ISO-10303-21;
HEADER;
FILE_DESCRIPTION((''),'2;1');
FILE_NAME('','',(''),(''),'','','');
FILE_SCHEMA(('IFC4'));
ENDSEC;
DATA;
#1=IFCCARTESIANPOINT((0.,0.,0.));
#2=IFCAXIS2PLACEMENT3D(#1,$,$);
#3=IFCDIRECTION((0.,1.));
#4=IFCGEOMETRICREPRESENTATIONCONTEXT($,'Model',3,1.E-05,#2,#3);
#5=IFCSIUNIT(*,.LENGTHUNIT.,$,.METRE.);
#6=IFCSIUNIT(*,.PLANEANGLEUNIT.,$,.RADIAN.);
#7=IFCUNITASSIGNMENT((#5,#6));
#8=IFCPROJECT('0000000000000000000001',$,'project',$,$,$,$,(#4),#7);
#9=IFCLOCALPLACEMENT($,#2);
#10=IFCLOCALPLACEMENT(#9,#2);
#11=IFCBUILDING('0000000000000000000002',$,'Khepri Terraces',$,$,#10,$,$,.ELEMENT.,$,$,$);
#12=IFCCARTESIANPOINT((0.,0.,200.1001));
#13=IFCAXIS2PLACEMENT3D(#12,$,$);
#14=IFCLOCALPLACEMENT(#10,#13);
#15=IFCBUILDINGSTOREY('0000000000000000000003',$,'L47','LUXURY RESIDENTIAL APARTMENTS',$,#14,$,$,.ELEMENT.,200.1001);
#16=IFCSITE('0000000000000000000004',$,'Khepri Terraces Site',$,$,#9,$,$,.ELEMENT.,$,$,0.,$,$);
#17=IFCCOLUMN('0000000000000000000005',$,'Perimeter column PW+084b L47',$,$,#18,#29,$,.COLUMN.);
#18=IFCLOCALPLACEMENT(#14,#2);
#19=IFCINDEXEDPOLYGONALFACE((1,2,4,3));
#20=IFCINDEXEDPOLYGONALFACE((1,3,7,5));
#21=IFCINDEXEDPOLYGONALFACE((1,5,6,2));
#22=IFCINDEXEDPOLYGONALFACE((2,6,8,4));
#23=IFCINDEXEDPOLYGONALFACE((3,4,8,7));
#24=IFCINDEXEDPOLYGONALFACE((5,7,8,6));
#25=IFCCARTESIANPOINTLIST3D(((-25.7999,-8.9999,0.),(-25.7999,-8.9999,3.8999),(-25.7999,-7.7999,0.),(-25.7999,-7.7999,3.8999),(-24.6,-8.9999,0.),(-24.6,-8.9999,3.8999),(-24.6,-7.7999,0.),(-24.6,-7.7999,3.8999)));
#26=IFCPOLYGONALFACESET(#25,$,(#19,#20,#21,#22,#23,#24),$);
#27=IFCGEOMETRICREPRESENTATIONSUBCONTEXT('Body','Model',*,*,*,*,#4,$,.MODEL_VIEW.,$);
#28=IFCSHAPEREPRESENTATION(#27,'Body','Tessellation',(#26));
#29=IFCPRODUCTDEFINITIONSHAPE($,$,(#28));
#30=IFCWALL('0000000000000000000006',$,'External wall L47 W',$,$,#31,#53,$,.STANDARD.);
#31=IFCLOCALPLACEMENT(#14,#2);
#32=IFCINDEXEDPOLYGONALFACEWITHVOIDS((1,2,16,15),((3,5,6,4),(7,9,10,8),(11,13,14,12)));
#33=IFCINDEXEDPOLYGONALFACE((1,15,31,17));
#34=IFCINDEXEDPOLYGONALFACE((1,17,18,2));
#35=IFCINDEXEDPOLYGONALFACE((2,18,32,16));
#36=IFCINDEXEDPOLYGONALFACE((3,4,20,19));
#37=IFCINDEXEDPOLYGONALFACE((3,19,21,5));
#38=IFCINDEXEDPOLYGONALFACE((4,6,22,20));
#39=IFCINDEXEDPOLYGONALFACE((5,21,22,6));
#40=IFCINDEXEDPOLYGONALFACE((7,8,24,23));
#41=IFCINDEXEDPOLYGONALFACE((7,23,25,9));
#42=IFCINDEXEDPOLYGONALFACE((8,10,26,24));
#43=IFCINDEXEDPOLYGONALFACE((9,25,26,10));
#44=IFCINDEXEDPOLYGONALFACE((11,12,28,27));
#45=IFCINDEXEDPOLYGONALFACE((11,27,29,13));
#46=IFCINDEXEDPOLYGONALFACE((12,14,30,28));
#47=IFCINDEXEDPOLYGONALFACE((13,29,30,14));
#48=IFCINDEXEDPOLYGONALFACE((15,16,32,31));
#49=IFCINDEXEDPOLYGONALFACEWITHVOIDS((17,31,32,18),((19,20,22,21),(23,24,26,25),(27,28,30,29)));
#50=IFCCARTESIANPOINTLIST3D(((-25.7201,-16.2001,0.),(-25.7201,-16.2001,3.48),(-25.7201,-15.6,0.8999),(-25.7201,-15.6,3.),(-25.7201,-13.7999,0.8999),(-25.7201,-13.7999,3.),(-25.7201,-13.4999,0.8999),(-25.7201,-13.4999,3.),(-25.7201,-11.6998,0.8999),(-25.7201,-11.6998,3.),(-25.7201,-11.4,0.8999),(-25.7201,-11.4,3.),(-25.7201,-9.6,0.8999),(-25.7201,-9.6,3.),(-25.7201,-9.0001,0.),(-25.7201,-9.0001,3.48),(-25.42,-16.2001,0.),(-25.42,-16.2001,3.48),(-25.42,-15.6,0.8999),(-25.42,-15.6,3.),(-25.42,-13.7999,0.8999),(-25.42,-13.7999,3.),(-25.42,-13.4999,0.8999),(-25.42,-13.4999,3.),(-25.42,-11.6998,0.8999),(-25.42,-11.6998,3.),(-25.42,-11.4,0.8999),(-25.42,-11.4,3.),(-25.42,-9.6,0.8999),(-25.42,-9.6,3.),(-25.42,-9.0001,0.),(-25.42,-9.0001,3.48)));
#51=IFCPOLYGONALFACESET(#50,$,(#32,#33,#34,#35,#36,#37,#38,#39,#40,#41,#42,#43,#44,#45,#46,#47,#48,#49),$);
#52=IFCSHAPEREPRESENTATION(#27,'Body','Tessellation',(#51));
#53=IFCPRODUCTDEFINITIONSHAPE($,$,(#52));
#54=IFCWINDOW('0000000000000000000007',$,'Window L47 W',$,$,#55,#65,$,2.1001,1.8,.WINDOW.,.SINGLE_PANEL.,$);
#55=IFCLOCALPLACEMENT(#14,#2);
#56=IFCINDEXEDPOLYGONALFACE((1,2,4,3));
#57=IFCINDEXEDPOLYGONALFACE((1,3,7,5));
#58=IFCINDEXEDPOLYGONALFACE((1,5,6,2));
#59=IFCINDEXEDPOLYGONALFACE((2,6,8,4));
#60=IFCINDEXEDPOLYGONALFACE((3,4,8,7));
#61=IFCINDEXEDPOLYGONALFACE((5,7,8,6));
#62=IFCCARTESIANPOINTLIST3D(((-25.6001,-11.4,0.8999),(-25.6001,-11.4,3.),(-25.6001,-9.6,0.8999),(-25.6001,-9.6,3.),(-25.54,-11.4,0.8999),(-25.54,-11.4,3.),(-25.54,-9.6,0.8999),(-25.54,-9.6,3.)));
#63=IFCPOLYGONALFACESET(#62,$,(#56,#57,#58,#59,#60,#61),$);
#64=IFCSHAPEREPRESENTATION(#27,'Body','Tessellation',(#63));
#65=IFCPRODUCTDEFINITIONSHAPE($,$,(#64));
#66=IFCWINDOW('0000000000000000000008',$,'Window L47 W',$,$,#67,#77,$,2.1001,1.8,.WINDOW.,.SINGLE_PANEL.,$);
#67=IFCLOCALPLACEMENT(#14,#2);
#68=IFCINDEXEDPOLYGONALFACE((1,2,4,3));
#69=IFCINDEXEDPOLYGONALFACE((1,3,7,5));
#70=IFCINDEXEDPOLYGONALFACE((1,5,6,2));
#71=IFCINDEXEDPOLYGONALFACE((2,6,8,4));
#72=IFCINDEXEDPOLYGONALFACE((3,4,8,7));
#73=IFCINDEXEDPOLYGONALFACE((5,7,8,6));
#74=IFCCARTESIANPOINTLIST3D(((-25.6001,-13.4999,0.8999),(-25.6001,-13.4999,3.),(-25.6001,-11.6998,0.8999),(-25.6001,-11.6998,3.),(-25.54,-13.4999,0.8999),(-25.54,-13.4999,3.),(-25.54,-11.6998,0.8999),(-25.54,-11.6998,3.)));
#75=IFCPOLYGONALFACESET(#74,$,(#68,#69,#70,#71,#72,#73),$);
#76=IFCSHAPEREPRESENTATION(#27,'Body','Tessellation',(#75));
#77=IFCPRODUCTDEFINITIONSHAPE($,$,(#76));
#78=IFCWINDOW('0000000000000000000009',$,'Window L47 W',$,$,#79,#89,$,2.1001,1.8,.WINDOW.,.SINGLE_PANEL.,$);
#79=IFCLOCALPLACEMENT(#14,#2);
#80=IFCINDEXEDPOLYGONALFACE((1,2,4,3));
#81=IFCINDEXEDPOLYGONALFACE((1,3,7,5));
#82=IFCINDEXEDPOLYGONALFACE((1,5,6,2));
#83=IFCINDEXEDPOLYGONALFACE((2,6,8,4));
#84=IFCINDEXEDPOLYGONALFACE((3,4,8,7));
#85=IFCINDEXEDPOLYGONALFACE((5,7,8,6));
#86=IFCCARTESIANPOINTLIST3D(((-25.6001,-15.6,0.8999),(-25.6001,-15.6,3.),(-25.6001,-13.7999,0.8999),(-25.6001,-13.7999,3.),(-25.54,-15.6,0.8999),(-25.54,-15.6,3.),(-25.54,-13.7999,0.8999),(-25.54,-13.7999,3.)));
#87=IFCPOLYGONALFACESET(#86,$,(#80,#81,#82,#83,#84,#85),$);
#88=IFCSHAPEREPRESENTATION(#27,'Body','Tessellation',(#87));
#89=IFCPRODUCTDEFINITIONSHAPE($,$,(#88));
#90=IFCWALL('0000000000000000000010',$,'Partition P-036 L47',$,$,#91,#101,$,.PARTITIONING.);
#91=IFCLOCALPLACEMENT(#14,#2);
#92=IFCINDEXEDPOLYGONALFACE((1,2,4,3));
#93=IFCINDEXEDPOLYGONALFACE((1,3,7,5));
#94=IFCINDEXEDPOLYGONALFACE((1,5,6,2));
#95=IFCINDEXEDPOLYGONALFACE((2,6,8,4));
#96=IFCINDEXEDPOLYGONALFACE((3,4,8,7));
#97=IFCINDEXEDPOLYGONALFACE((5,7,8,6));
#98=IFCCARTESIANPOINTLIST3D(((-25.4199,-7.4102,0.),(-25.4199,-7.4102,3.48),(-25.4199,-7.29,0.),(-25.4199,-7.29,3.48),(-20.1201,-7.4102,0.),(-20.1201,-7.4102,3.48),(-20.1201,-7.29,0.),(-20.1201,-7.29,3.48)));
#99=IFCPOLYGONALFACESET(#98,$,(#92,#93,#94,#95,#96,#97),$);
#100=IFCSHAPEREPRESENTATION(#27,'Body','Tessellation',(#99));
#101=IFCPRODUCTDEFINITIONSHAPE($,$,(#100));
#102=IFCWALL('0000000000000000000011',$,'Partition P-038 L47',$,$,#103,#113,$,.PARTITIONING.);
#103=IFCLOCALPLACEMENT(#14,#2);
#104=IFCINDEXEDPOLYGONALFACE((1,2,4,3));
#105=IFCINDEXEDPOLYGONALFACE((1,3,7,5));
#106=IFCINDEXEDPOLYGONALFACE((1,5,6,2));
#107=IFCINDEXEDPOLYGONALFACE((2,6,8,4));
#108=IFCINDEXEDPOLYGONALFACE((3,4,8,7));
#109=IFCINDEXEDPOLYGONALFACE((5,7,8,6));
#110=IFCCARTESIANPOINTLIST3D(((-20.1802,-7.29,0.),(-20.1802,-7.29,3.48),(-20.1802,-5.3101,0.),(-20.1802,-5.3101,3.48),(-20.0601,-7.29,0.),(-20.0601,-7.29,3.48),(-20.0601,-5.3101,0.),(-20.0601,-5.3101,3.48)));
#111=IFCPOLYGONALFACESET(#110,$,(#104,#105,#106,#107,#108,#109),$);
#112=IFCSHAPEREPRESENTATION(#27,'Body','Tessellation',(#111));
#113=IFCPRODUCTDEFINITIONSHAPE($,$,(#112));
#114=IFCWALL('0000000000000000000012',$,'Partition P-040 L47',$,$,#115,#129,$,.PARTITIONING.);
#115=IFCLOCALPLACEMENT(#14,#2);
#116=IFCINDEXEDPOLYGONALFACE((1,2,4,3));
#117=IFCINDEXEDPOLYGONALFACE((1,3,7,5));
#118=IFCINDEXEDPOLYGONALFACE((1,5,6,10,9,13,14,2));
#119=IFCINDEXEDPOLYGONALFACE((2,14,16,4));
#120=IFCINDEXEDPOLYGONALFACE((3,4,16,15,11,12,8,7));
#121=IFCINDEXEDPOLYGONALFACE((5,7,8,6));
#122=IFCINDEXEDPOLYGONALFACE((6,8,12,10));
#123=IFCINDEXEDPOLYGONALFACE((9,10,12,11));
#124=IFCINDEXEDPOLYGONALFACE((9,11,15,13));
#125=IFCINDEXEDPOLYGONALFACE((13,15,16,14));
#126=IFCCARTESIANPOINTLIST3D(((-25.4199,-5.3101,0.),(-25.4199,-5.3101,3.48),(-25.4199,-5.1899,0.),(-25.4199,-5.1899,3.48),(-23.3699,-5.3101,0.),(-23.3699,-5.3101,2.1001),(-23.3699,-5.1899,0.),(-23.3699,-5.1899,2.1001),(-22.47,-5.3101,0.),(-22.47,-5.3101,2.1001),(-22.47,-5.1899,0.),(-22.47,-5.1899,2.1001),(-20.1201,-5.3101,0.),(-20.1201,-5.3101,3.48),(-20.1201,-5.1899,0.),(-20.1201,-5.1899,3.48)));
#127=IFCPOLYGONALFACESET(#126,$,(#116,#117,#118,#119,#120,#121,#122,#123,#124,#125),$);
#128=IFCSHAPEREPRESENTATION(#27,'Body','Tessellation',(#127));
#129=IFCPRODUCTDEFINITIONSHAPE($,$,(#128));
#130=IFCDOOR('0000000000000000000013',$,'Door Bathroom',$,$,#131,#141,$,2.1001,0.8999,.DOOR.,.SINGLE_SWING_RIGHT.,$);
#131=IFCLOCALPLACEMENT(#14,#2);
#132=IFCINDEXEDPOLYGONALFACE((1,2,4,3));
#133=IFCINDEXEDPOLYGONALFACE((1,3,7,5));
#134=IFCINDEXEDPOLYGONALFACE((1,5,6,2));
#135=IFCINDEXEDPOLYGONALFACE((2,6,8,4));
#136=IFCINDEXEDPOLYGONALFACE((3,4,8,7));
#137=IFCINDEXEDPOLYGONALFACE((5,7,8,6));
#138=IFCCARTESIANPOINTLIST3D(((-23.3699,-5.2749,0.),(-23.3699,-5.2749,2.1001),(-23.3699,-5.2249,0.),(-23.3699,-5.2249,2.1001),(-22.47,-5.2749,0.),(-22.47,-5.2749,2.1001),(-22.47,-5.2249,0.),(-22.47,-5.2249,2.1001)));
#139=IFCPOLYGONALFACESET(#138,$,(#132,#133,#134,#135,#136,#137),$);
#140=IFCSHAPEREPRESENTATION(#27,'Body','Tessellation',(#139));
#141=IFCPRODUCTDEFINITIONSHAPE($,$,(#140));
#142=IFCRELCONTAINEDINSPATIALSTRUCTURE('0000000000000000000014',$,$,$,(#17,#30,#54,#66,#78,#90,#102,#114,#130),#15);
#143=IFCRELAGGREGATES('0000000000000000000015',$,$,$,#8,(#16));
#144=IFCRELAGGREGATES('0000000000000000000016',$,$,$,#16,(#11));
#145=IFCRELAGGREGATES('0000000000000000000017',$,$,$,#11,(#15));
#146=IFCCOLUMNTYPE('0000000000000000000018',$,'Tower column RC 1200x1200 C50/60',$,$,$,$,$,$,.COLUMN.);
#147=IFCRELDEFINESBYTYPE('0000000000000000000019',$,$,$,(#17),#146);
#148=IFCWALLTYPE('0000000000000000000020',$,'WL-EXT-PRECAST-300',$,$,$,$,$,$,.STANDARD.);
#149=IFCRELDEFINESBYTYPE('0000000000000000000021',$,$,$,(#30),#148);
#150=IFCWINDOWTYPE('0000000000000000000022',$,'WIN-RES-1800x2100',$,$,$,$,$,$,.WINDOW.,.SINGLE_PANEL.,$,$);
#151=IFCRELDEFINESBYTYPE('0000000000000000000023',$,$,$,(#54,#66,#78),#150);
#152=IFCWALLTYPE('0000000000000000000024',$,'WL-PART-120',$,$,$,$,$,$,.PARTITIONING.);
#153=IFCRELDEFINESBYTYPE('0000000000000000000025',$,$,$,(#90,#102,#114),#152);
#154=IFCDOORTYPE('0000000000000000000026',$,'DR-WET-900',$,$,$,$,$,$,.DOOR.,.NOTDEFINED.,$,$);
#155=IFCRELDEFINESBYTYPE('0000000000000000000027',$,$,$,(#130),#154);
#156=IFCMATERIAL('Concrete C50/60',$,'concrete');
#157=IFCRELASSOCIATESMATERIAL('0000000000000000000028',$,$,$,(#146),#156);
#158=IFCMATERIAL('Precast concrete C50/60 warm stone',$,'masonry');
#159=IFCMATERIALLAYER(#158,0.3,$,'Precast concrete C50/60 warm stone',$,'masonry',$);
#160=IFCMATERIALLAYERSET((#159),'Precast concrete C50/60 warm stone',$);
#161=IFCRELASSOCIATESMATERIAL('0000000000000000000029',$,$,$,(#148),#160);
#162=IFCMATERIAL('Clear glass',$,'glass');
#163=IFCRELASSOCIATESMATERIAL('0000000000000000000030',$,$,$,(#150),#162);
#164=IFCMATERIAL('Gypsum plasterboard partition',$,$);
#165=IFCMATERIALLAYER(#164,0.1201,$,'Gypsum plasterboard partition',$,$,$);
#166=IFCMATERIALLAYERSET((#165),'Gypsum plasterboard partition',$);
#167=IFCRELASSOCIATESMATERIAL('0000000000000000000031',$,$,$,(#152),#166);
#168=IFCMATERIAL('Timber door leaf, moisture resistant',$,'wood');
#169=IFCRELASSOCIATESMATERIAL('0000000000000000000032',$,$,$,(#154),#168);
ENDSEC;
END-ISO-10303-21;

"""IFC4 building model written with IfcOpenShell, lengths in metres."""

from ifc_helpers import new_model, si_unit, direction, frame, frame_2d, origin, origin_2d, place, context, subcontext, project, spatial, rectangle, extrude, material, layer, layer_set, material_profile, profile_set, type_object, element, fill, save


model = new_model("IFC4")

# Units and contexts
model_context = context("Model", 3, precision=1e-05, world=origin(), true_north=direction((0.0, 1.0)))
body_context = subcontext(model_context, "Body", "Model", "MODEL_VIEW")
ifc_project = project(units=[si_unit("LENGTHUNIT", "METRE"), si_unit("PLANEANGLEUNIT", "RADIAN")], contexts=[model_context])

# Site, building, storey
site_placement = place(None, origin())
site = spatial("IfcSite", under=ifc_project, at=site_placement, Name="Khepri Terraces Site", CompositionType="ELEMENT", RefElevation=0.0)
building_placement = place(site_placement, origin())
building = spatial("IfcBuilding", under=site, at=building_placement, Name="Khepri Terraces", CompositionType="ELEMENT")
storey_placement = place(building_placement, frame((0.0, 0.0, 200.1001)))
storey = spatial("IfcBuildingStorey", under=building, at=storey_placement, Name="L47", Description="LUXURY RESIDENTIAL APARTMENTS", CompositionType="ELEMENT", Elevation=200.1001)

# Column
ifc_material_1 = material(Name="Concrete C50/60", Category="concrete")
ifc_material_profile = material_profile(ifc_material_1, rectangle(XDim=1.2, YDim=1.2, at=origin_2d()), Name="Concrete C50/60", Category="concrete")
ifc_profile_set = profile_set([ifc_material_profile], Name="Concrete C50/60")
column_type = type_object("IfcColumnType", Name="Tower column RC 1200x1200 C50/60", PredefinedType="COLUMN", material=ifc_profile_set)
column_placement = place(storey_placement, frame((-25.2, -8.3999, 0.0), z_axis=(0.0, 0.0, 1.0), x_axis=(1.0, 0.0, 0.0)))
element("IfcColumn", 1, at=column_placement, inside=storey, type_object=column_type, Name="Perimeter column PW+084b L47", PredefinedType="COLUMN", context=body_context, shape_type="SweptSolid", body=[
    extrude(rectangle(XDim=1.2, YDim=1.2, at=origin_2d()), origin(), (0.0, 0.0, 1.0), 3.8999),
])

# Shared definitions
ifc_material_2 = material(Name="Precast concrete C50/60 warm stone", Category="masonry")
ifc_layer_1 = layer(ifc_material_2, 0.3, Name="Precast concrete C50/60 warm stone", Category="masonry")
ifc_layer_set_1 = layer_set([ifc_layer_1], Name="Precast concrete C50/60 warm stone")
wall_type_1 = type_object("IfcWallType", Name="WL-EXT-PRECAST-300", PredefinedType="STANDARD", material=ifc_layer_set_1)
ifc_material_3 = material(Name="Clear glass", Category="glass")
window_type = type_object("IfcWindowType", Name="WIN-RES-1800x2100", PartitioningType="SINGLE_PANEL", PredefinedType="WINDOW", material=ifc_material_3)

# Wall, openings, windows
wall_1_placement = place(storey_placement, frame((-25.5701, -9.0, 0.0), z_axis=(0.0, 0.0, 1.0), x_axis=(0.0, -1.0, 0.0)))
wall_1 = element("IfcWall", 2, at=wall_1_placement, inside=storey, type_object=wall_type_1, Name="External wall L47 W", PredefinedType="STANDARD", context=body_context, shape_type="SweptSolid", body=[
    extrude(rectangle(XDim=7.2, YDim=0.3, at=frame_2d((3.6001, 0.0))), origin(), (0.0, 0.0, 1.0), 3.48),
])
opening_1_placement = place(wall_1_placement, frame((0.6001, 0.0, 0.8999)))
opening_1 = element("IfcOpeningElement", 3, at=opening_1_placement, cuts=wall_1, PredefinedType="OPENING", context=body_context, shape_type="SweptSolid", body=[
    extrude(rectangle(XDim=1.8, YDim=2.1001, at=frame_2d((0.8999, 1.05))), frame((0.0, 0.1602, 0.0), z_axis=(0.0, -1.0, 0.0), x_axis=(1.0, 0.0, 0.0)), (0.0, 0.0, 1.0), 0.3201),
])
opening_2_placement = place(wall_1_placement, frame((2.7, 0.0, 0.8999)))
opening_2 = element("IfcOpeningElement", 4, at=opening_2_placement, cuts=wall_1, PredefinedType="OPENING", context=body_context, shape_type="SweptSolid", body=[
    extrude(rectangle(XDim=1.8, YDim=2.1001, at=frame_2d((0.8999, 1.05))), frame((0.0, 0.1602, 0.0), z_axis=(0.0, -1.0, 0.0), x_axis=(1.0, 0.0, 0.0)), (0.0, 0.0, 1.0), 0.3201),
])
opening_3_placement = place(wall_1_placement, frame((4.8, 0.0, 0.8999)))
opening_3 = element("IfcOpeningElement", 5, at=opening_3_placement, cuts=wall_1, PredefinedType="OPENING", context=body_context, shape_type="SweptSolid", body=[
    extrude(rectangle(XDim=1.8, YDim=2.1001, at=frame_2d((0.8999, 1.05))), frame((0.0, 0.1602, 0.0), z_axis=(0.0, -1.0, 0.0), x_axis=(1.0, 0.0, 0.0)), (0.0, 0.0, 1.0), 0.3201),
])
window_1_placement = place(opening_1_placement, origin())
window_1 = element("IfcWindow", 6, at=window_1_placement, inside=storey, type_object=window_type, Name="Window L47 W", OverallHeight=2.1001, OverallWidth=1.8, PartitioningType="SINGLE_PANEL", PredefinedType="WINDOW", context=body_context, shape_type="SweptSolid", body=[
    extrude(rectangle(XDim=1.8, YDim=2.1001, at=frame_2d((0.8999, 1.05))), frame((0.0, 0.03, 0.0), z_axis=(0.0, -1.0, 0.0), x_axis=(1.0, 0.0, 0.0)), (0.0, 0.0, 1.0), 0.0601),
])
fill(opening_1, window_1)
window_2_placement = place(opening_2_placement, origin())
window_2 = element("IfcWindow", 7, at=window_2_placement, inside=storey, type_object=window_type, Name="Window L47 W", OverallHeight=2.1001, OverallWidth=1.8, PartitioningType="SINGLE_PANEL", PredefinedType="WINDOW", context=body_context, shape_type="SweptSolid", body=[
    extrude(rectangle(XDim=1.8, YDim=2.1001, at=frame_2d((0.8999, 1.05))), frame((0.0, 0.03, 0.0), z_axis=(0.0, -1.0, 0.0), x_axis=(1.0, 0.0, 0.0)), (0.0, 0.0, 1.0), 0.0601),
])
fill(opening_2, window_2)
window_3_placement = place(opening_3_placement, origin())
window_3 = element("IfcWindow", 8, at=window_3_placement, inside=storey, type_object=window_type, Name="Window L47 W", OverallHeight=2.1001, OverallWidth=1.8, PartitioningType="SINGLE_PANEL", PredefinedType="WINDOW", context=body_context, shape_type="SweptSolid", body=[
    extrude(rectangle(XDim=1.8, YDim=2.1001, at=frame_2d((0.8999, 1.05))), frame((0.0, 0.03, 0.0), z_axis=(0.0, -1.0, 0.0), x_axis=(1.0, 0.0, 0.0)), (0.0, 0.0, 1.0), 0.0601),
])
fill(opening_3, window_3)

# Walls
ifc_material_4 = material(Name="Gypsum plasterboard partition")
ifc_layer_2 = layer(ifc_material_4, 0.1201, Name="Gypsum plasterboard partition")
ifc_layer_set_2 = layer_set([ifc_layer_2], Name="Gypsum plasterboard partition")
wall_type_2 = type_object("IfcWallType", Name="WL-PART-120", PredefinedType="PARTITIONING", material=ifc_layer_set_2)
wall_2_placement = place(storey_placement, frame((-25.4199, -7.3501, 0.0), z_axis=(0.0, 0.0, 1.0), x_axis=(1.0, 0.0, 0.0)))
element("IfcWall", 9, at=wall_2_placement, inside=storey, type_object=wall_type_2, Name="Partition P-036 L47", PredefinedType="PARTITIONING", context=body_context, shape_type="SweptSolid", body=[
    extrude(rectangle(XDim=5.2998, YDim=0.1201, at=frame_2d((2.6499, 0.0))), origin(), (0.0, 0.0, 1.0), 3.48),
])
wall_3_placement = place(storey_placement, frame((-20.1201, -7.29, 0.0), z_axis=(0.0, 0.0, 1.0), x_axis=(0.0, 1.0, 0.0)))
element("IfcWall", 10, at=wall_3_placement, inside=storey, type_object=wall_type_2, Name="Partition P-038 L47", PredefinedType="PARTITIONING", context=body_context, shape_type="SweptSolid", body=[
    extrude(rectangle(XDim=1.98, YDim=0.1201, at=frame_2d((0.99, 0.0))), origin(), (0.0, 0.0, 1.0), 3.48),
])

# Wall, opening, door
wall_4_placement = place(storey_placement, frame((-25.4199, -5.25, 0.0), z_axis=(0.0, 0.0, 1.0), x_axis=(1.0, 0.0, 0.0)))
wall_4 = element("IfcWall", 11, at=wall_4_placement, inside=storey, type_object=wall_type_2, Name="Partition P-040 L47", PredefinedType="PARTITIONING", context=body_context, shape_type="SweptSolid", body=[
    extrude(rectangle(XDim=5.2998, YDim=0.1201, at=frame_2d((2.6499, 0.0))), origin(), (0.0, 0.0, 1.0), 3.48),
])
opening_4_placement = place(wall_4_placement, frame((2.05, 0.0, 0.0)))
opening_4 = element("IfcOpeningElement", 12, at=opening_4_placement, cuts=wall_4, PredefinedType="OPENING", context=body_context, shape_type="SweptSolid", body=[
    extrude(rectangle(XDim=0.8999, YDim=2.1001, at=frame_2d((0.45, 1.05))), frame((0.0, 0.0701, 0.0), z_axis=(0.0, -1.0, 0.0), x_axis=(1.0, 0.0, 0.0)), (0.0, 0.0, 1.0), 0.1401),
])
ifc_material_5 = material(Name="Timber door leaf, moisture resistant", Category="wood")
door_type_1 = type_object("IfcDoorType", Name="DR-WET-900", OperationType="NOTDEFINED", PredefinedType="DOOR", material=ifc_material_5)
door_1_placement = place(opening_4_placement, frame((0.8999, 0.0, 0.0), z_axis=(0.0, 0.0, 1.0), x_axis=(-1.0, 0.0, 0.0)))
door_1 = element("IfcDoor", 13, at=door_1_placement, inside=storey, type_object=door_type_1, Name="Door Bathroom", OperationType="SINGLE_SWING_RIGHT", OverallHeight=2.1001, OverallWidth=0.8999, PredefinedType="DOOR", context=body_context, shape_type="SweptSolid", body=[
    extrude(rectangle(XDim=0.8999, YDim=2.1001, at=frame_2d((0.45, 1.05))), frame((0.0, 0.0249, 0.0), z_axis=(0.0, -1.0, 0.0), x_axis=(1.0, 0.0, 0.0)), (0.0, 0.0, 1.0), 0.05),
])
fill(opening_4, door_1)

save(model, "model.ifc")
